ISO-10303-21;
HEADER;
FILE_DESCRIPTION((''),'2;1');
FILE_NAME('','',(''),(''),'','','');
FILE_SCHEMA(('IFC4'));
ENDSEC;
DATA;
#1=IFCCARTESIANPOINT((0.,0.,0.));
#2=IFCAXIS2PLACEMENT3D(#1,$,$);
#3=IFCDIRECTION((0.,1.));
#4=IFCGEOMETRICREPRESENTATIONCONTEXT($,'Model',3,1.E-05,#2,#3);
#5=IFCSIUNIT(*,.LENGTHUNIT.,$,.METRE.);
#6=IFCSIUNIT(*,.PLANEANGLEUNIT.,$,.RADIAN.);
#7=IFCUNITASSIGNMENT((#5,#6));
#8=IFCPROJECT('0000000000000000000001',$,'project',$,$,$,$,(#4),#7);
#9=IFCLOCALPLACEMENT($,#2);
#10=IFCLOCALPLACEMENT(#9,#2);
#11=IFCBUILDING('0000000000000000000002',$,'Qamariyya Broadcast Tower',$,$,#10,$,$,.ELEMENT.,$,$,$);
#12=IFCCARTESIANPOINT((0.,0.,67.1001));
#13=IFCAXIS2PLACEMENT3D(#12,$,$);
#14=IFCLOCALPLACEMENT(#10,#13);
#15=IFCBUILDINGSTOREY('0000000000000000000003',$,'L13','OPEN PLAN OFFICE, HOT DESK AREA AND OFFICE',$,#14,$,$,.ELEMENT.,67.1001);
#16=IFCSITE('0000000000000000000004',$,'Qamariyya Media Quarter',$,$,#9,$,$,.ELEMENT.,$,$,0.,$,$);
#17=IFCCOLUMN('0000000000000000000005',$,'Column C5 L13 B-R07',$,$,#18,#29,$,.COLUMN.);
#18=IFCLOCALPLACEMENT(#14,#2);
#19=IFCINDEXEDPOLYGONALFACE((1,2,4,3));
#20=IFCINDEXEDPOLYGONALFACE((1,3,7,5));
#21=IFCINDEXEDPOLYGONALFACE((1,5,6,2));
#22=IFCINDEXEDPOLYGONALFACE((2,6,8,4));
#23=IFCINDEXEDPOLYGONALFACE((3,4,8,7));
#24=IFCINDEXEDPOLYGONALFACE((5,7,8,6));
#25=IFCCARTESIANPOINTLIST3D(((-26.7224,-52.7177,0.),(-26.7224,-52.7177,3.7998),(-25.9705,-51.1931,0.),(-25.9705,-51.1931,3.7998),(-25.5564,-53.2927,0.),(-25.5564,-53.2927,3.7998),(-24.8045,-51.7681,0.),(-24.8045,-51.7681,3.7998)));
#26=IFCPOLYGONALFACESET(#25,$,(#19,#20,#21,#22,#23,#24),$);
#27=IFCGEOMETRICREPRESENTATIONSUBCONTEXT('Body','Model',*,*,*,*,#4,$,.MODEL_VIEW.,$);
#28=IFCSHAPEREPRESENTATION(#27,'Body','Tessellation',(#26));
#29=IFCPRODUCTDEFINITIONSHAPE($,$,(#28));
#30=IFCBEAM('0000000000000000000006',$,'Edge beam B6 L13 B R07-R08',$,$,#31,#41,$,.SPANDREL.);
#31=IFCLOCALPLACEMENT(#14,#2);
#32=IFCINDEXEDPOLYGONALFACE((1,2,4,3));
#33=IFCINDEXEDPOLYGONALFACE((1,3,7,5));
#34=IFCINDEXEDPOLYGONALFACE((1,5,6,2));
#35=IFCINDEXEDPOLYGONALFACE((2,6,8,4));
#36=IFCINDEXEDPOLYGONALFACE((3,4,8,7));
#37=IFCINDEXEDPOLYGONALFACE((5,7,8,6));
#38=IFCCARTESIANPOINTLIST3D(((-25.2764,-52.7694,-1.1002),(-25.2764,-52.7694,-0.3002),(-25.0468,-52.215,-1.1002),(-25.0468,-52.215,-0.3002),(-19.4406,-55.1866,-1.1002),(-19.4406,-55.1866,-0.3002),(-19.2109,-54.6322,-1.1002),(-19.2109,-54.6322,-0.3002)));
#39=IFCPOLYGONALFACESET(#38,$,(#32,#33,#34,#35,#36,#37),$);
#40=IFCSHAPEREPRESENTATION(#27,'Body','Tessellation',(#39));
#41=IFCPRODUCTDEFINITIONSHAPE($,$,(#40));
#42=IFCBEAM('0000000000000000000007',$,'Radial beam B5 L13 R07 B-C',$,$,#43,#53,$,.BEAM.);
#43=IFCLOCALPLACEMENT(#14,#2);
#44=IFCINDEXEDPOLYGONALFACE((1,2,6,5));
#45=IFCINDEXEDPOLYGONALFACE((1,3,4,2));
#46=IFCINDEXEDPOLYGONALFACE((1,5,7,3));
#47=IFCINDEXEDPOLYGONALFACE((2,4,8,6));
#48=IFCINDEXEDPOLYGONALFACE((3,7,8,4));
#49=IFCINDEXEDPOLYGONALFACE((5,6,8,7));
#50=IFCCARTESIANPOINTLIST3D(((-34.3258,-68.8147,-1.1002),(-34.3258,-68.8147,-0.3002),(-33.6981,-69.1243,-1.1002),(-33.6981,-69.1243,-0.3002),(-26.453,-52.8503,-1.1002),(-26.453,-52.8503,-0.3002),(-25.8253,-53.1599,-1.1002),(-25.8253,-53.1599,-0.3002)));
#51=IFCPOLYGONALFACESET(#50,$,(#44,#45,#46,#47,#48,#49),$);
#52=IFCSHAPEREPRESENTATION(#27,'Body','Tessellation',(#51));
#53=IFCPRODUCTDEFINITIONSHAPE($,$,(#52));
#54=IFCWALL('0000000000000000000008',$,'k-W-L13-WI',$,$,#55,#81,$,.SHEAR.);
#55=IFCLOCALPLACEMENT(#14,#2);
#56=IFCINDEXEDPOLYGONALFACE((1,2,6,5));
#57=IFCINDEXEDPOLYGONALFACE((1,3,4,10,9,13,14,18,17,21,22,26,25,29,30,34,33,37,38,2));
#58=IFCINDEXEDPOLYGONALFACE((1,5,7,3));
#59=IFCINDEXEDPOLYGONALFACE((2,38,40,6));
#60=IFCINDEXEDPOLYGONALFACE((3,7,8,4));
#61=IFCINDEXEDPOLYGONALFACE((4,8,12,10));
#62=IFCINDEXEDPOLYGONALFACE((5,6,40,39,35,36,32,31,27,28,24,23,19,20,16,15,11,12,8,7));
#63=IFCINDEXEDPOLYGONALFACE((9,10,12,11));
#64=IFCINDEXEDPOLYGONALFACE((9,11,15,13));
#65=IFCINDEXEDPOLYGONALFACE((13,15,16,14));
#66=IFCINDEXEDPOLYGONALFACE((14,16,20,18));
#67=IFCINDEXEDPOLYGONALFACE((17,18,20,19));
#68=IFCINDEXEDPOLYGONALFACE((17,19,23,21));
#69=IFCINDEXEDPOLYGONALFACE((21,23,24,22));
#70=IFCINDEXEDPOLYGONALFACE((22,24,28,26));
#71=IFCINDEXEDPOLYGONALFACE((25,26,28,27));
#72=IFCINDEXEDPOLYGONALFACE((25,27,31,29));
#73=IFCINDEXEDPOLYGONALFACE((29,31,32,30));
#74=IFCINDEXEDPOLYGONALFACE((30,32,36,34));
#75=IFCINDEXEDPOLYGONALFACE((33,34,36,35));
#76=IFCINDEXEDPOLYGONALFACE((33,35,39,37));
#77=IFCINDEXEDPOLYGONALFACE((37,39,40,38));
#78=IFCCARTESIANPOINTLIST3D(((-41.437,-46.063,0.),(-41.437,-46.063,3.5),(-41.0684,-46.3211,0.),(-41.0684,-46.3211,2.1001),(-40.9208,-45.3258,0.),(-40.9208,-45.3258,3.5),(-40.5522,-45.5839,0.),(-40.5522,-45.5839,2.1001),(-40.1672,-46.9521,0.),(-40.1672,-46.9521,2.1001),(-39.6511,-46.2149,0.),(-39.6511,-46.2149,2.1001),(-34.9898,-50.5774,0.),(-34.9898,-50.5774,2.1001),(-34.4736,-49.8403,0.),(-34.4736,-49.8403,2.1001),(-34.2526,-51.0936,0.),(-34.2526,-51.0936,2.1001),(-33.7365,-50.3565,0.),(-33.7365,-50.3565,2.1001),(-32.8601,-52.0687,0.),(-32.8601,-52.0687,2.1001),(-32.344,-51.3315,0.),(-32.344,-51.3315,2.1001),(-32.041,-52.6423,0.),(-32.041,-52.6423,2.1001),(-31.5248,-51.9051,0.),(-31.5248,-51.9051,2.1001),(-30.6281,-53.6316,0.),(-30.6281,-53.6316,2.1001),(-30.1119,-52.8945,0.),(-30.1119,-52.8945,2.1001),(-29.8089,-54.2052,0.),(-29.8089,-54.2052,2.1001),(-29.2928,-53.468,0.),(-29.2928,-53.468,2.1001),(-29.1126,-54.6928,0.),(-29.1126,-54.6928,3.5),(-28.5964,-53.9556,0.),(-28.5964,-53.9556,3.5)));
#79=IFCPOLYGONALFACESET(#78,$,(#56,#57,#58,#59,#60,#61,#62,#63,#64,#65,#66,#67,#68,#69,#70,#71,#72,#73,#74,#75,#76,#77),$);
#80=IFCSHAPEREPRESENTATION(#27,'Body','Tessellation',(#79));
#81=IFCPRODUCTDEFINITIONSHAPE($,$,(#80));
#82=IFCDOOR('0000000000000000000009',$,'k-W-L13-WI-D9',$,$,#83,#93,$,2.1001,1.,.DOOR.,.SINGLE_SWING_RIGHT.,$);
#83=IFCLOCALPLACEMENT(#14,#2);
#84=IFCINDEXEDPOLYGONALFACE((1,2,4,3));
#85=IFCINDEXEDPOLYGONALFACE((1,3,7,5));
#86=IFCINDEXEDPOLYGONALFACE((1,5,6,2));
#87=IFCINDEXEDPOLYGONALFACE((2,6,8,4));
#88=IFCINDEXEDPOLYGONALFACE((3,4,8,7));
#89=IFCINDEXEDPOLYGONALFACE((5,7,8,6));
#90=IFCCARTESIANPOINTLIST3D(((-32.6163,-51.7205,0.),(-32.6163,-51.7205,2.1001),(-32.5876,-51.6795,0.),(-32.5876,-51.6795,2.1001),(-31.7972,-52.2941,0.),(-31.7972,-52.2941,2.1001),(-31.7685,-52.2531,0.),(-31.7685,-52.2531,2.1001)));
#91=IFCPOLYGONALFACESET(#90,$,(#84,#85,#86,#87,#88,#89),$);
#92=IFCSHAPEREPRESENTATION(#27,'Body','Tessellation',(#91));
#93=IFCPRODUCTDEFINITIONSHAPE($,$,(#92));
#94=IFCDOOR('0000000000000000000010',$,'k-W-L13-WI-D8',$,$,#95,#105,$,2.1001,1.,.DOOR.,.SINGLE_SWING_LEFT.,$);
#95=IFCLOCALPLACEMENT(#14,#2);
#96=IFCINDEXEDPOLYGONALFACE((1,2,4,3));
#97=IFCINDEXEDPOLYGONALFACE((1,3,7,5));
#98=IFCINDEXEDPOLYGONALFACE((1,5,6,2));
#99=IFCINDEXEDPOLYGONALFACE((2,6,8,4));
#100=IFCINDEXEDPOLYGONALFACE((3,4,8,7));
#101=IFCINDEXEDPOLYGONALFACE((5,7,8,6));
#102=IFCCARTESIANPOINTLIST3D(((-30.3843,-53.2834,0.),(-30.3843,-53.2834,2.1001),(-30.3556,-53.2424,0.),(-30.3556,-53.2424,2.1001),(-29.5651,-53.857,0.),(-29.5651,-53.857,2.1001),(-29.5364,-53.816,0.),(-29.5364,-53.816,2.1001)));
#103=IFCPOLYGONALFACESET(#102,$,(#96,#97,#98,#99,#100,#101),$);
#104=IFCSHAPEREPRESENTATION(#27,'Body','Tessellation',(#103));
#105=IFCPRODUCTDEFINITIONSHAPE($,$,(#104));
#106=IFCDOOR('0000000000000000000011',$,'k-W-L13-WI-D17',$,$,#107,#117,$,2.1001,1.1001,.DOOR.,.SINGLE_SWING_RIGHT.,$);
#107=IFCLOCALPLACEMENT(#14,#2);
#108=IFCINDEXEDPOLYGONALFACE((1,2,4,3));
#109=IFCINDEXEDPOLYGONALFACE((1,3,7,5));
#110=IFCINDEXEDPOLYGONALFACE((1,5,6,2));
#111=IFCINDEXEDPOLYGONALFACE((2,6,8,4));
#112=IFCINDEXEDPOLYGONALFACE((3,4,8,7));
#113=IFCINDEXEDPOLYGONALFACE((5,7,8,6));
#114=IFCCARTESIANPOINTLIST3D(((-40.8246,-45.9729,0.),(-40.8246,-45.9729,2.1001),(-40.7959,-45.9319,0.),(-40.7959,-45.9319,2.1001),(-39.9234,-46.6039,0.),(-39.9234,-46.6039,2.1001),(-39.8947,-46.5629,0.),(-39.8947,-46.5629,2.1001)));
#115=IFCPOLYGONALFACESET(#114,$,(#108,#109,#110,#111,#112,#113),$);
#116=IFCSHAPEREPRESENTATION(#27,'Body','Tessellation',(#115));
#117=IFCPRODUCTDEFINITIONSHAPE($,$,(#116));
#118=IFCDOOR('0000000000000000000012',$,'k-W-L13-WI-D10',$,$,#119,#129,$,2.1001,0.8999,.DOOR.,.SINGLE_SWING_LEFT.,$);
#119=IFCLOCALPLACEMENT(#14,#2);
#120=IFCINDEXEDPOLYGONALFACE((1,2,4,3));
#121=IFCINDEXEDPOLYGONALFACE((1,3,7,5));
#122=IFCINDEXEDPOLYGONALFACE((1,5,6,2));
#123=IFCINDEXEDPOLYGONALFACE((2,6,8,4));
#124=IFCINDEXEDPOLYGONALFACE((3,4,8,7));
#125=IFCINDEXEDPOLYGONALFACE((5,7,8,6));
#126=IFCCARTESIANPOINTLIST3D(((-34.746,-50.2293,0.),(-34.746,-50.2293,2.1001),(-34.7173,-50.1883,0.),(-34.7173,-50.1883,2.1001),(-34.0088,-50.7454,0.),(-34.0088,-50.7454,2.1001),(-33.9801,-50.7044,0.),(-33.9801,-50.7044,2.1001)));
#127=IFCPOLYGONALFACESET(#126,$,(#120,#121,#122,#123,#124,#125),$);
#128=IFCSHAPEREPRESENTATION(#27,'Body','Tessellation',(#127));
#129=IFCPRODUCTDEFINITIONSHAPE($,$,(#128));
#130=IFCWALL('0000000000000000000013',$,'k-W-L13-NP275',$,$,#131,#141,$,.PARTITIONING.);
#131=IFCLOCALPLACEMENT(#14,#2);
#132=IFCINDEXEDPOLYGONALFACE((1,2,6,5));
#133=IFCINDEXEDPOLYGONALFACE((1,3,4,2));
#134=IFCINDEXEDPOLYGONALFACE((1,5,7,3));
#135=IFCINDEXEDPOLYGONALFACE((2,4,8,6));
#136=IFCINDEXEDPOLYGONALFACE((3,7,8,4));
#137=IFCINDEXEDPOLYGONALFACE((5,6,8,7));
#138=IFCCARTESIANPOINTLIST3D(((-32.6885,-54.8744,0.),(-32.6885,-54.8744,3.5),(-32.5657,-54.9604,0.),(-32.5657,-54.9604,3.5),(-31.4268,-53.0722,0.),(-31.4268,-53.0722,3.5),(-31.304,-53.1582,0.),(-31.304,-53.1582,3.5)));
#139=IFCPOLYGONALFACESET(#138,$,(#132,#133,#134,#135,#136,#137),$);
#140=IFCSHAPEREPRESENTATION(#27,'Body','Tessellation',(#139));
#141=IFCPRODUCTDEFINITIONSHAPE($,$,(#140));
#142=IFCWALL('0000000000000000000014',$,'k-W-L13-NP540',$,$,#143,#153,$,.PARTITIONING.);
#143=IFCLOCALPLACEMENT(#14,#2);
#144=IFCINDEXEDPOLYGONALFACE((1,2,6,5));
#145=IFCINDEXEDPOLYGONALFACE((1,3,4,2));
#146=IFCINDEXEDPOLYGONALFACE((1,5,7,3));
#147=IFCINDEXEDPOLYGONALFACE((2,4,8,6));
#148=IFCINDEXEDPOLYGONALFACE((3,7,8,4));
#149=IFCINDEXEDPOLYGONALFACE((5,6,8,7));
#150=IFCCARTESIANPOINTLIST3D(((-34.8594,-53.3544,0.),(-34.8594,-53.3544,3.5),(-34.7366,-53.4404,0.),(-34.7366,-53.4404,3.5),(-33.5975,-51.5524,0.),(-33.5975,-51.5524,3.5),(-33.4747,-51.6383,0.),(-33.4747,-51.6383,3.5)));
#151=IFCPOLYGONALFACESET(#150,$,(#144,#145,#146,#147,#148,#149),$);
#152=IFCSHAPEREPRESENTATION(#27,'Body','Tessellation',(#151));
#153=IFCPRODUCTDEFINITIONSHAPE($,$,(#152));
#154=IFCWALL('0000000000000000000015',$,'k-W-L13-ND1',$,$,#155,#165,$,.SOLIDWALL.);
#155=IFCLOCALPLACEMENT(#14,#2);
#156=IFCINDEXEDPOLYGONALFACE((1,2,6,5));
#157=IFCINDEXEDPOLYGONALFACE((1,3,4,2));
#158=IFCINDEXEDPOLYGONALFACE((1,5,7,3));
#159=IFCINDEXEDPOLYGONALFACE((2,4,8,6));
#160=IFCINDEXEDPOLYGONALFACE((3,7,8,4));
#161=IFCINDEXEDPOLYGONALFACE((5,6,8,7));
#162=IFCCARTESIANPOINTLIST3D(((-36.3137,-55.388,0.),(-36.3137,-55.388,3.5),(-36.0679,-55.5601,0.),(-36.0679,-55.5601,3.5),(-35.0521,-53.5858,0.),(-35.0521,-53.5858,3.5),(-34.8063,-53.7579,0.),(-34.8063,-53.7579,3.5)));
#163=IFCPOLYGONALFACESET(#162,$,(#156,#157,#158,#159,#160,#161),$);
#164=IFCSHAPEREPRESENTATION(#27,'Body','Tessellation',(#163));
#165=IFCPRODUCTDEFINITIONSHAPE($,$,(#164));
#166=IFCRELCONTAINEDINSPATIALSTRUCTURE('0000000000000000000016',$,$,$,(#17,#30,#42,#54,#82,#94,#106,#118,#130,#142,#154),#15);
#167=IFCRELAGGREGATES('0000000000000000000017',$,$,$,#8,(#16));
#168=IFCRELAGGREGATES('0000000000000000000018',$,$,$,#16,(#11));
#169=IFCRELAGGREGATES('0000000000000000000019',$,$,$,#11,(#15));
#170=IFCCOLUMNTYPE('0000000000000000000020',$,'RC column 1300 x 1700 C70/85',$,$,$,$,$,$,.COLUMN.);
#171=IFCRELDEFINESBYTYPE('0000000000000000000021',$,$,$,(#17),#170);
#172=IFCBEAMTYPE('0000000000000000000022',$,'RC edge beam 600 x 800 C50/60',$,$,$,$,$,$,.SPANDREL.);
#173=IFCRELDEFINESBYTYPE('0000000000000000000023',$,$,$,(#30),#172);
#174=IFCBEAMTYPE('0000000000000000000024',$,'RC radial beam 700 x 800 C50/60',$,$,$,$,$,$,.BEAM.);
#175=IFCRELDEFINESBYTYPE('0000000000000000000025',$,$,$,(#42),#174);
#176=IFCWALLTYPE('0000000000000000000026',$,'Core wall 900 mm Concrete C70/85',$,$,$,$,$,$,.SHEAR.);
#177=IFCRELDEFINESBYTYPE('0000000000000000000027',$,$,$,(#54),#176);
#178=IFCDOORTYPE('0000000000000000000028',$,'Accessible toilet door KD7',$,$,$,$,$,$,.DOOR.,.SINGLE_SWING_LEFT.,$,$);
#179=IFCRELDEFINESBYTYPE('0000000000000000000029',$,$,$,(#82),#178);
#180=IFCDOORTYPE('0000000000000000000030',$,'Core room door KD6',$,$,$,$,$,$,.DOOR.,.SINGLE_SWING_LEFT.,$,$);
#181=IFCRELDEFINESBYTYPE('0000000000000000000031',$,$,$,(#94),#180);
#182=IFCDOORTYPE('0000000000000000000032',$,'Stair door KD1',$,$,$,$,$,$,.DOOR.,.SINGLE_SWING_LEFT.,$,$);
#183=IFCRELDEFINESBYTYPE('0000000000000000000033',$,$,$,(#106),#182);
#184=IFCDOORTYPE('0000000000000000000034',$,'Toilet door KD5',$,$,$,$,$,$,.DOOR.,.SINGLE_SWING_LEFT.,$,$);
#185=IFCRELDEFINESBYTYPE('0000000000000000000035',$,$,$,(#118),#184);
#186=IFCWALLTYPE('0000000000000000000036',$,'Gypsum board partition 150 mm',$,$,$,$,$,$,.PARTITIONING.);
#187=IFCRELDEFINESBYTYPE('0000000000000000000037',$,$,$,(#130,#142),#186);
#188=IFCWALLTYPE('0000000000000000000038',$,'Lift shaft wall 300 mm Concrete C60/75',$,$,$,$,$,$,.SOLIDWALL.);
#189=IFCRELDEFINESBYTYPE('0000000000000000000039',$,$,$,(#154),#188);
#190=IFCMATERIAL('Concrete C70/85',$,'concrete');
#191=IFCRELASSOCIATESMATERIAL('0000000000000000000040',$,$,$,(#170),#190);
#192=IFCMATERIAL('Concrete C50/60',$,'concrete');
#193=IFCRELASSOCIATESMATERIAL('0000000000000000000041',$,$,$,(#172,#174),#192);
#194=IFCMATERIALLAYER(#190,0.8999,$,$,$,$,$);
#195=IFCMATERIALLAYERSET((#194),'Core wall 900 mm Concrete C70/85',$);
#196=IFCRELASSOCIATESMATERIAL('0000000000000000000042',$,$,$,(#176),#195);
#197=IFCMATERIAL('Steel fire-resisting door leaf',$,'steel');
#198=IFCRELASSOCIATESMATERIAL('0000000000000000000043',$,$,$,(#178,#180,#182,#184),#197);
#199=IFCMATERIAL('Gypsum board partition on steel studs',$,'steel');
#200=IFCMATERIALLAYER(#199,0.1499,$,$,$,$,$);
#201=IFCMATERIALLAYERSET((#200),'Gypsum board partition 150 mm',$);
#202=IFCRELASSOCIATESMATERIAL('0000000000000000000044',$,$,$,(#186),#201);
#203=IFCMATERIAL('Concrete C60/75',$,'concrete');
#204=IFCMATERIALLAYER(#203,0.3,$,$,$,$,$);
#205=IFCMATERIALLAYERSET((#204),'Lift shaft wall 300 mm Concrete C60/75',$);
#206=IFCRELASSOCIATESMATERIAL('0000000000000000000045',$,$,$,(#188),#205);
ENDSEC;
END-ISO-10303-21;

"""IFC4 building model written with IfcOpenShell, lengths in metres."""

from ifc_helpers import new_model, si_unit, direction, frame, frame_2d, origin, origin_2d, place, context, subcontext, project, spatial, rectangle, extrude, material, layer, layer_set, material_profile, profile_set, type_object, element, fill, save


model = new_model("IFC4")

# Units and contexts
model_context = context("Model", 3, precision=1e-05, world=origin(), true_north=direction((0.0, 1.0)))
body_context = subcontext(model_context, "Body", "Model", "MODEL_VIEW")
ifc_project = project(units=[si_unit("LENGTHUNIT", "METRE"), si_unit("PLANEANGLEUNIT", "RADIAN")], contexts=[model_context])

# Site, building, storey
site_placement = place(None, origin())
site = spatial("IfcSite", under=ifc_project, at=site_placement, Name="Qamariyya Media Quarter", CompositionType="ELEMENT", RefElevation=0.0)
building_placement = place(site_placement, origin())
building = spatial("IfcBuilding", under=site, at=building_placement, Name="Qamariyya Broadcast Tower", CompositionType="ELEMENT")
storey_placement = place(building_placement, frame((0.0, 0.0, 67.1001)))
storey = spatial("IfcBuildingStorey", under=building, at=storey_placement, Name="L13", Description="OPEN PLAN OFFICE, HOT DESK AREA AND OFFICE", CompositionType="ELEMENT", Elevation=67.1001)

# Column
ifc_material_1 = material(Name="Concrete C70/85", Category="concrete")
ifc_material_profile_1 = material_profile(ifc_material_1, rectangle(XDim=1.3, YDim=1.7, at=origin_2d()))
ifc_profile_set_1 = profile_set([ifc_material_profile_1], Name="Concrete C70/85")
column_type = type_object("IfcColumnType", Name="RC column 1300 x 1700 C70/85", PredefinedType="COLUMN", material=ifc_profile_set_1)
column_placement = place(storey_placement, frame((-25.7634, -52.2429, 0.0), z_axis=(0.0, 0.0, 1.0), x_axis=(0.896873, -0.442289, 0.0)))
element("IfcColumn", 1, at=column_placement, inside=storey, type_object=column_type, Name="Column C5 L13 B-R07", PredefinedType="COLUMN", context=body_context, shape_type="SweptSolid", body=[
    extrude(rectangle(XDim=1.3, YDim=1.7, at=origin_2d()), origin(), (0.0, 0.0, 1.0), 3.7998),
])

# Beams
ifc_material_2 = material(Name="Concrete C50/60", Category="concrete")
ifc_material_profile_2 = material_profile(ifc_material_2, rectangle(XDim=0.6001, YDim=0.8, at=origin_2d()))
ifc_profile_set_2 = profile_set([ifc_material_profile_2], Name="Concrete C50/60")
beam_type_1 = type_object("IfcBeamType", Name="RC edge beam 600 x 800 C50/60", PredefinedType="SPANDREL", material=ifc_profile_set_2)
beam_1_placement = place(storey_placement, frame((-25.1616, -52.4922, -0.7002), z_axis=(0.923884, -0.382672, 0.0), x_axis=(0.382672, 0.923884, 0.0)))
element("IfcBeam", 2, at=beam_1_placement, inside=storey, type_object=beam_type_1, Name="Edge beam B6 L13 B R07-R08", PredefinedType="SPANDREL", context=body_context, shape_type="SweptSolid", body=[
    extrude(rectangle(XDim=0.6001, YDim=0.8, at=origin_2d()), origin(), (0.0, 0.0, 1.0), 6.3167),
])
ifc_material_profile_3 = material_profile(ifc_material_2, rectangle(XDim=0.7, YDim=0.8, at=origin_2d()))
ifc_profile_set_3 = profile_set([ifc_material_profile_3], Name="Concrete C50/60")
beam_type_2 = type_object("IfcBeamType", Name="RC radial beam 700 x 800 C50/60", PredefinedType="BEAM", material=ifc_profile_set_3)
beam_2_placement = place(storey_placement, frame((-26.1392, -53.0051, -0.7002), z_axis=(-0.442291, -0.896872, 0.0), x_axis=(0.896872, -0.442291, 0.0)))
element("IfcBeam", 3, at=beam_2_placement, inside=storey, type_object=beam_type_2, Name="Radial beam B5 L13 R07 B-C", PredefinedType="BEAM", context=body_context, shape_type="SweptSolid", body=[
    extrude(rectangle(XDim=0.7, YDim=0.8, at=origin_2d()), origin(), (0.0, 0.0, 1.0), 17.8),
])

# Wall, openings, doors
ifc_layer_1 = layer(ifc_material_1, 0.8999)
ifc_layer_set_1 = layer_set([ifc_layer_1], Name="Core wall 900 mm Concrete C70/85")
wall_type_1 = type_object("IfcWallType", Name="Core wall 900 mm Concrete C70/85", PredefinedType="SHEAR", material=ifc_layer_set_1)
wall_1_placement = place(storey_placement, frame((-28.8545, -54.3242, 0.0), z_axis=(0.0, 0.0, 1.0), x_axis=(-0.819146, 0.573585, 0.0)))
wall_1 = element("IfcWall", 4, at=wall_1_placement, inside=storey, type_object=wall_type_1, Name="k-W-L13-WI", PredefinedType="SHEAR", context=body_context, shape_type="SweptSolid", body=[
    extrude(rectangle(XDim=15.0454, YDim=0.8999, at=frame_2d((7.5227, 0.0))), origin(), (0.0, 0.0, 1.0), 3.5),
])
opening_1_placement = place(wall_1_placement, frame((0.8501, 0.0, 0.0)))
opening_1 = element("IfcOpeningElement", 5, at=opening_1_placement, cuts=wall_1, PredefinedType="OPENING", context=body_context, shape_type="SweptSolid", body=[
    extrude(rectangle(XDim=1.0, YDim=2.1001, at=frame_2d((0.5, 1.05))), frame((0.0, 0.46, 0.0), z_axis=(0.0, -1.0, 0.0), x_axis=(1.0, 0.0, 0.0)), (0.0, 0.0, 1.0), 0.9199),
])
opening_2_placement = place(wall_1_placement, frame((3.575, 0.0, 0.0)))
opening_2 = element("IfcOpeningElement", 6, at=opening_2_placement, cuts=wall_1, PredefinedType="OPENING", context=body_context, shape_type="SweptSolid", body=[
    extrude(rectangle(XDim=1.0, YDim=2.1001, at=frame_2d((0.5, 1.05))), frame((0.0, 0.46, 0.0), z_axis=(0.0, -1.0, 0.0), x_axis=(1.0, 0.0, 0.0)), (0.0, 0.0, 1.0), 0.9199),
])
opening_3_placement = place(wall_1_placement, frame((6.2749, 0.0, 0.0)))
opening_3 = element("IfcOpeningElement", 7, at=opening_3_placement, cuts=wall_1, PredefinedType="OPENING", context=body_context, shape_type="SweptSolid", body=[
    extrude(rectangle(XDim=0.8999, YDim=2.1001, at=frame_2d((0.45, 1.05))), frame((0.0, 0.46, 0.0), z_axis=(0.0, -1.0, 0.0), x_axis=(1.0, 0.0, 0.0)), (0.0, 0.0, 1.0), 0.9199),
])
opening_4_placement = place(wall_1_placement, frame((13.4954, 0.0, 0.0)))
opening_4 = element("IfcOpeningElement", 8, at=opening_4_placement, cuts=wall_1, PredefinedType="OPENING", context=body_context, shape_type="SweptSolid", body=[
    extrude(rectangle(XDim=1.1001, YDim=2.1001, at=frame_2d((0.55, 1.05))), frame((0.0, 0.46, 0.0), z_axis=(0.0, -1.0, 0.0), x_axis=(1.0, 0.0, 0.0)), (0.0, 0.0, 1.0), 0.9199),
])
ifc_material_3 = material(Name="Steel fire-resisting door leaf", Category="steel")
door_type_1 = type_object("IfcDoorType", Name="Accessible toilet door KD7", OperationType="SINGLE_SWING_LEFT", PredefinedType="DOOR", material=ifc_material_3)
door_1_placement = place(opening_2_placement, origin())
door_1 = element("IfcDoor", 9, at=door_1_placement, inside=storey, type_object=door_type_1, Name="k-W-L13-WI-D9", OperationType="SINGLE_SWING_RIGHT", OverallHeight=2.1001, OverallWidth=1.0, PredefinedType="DOOR", context=body_context, shape_type="SweptSolid", body=[
    extrude(rectangle(XDim=1.0, YDim=2.1001, at=frame_2d((0.5, 1.05))), frame((0.0, 0.0249, 0.0), z_axis=(0.0, -1.0, 0.0), x_axis=(1.0, 0.0, 0.0)), (0.0, 0.0, 1.0), 0.05),
])
fill(opening_2, door_1)
door_type_2 = type_object("IfcDoorType", Name="Core room door KD6", OperationType="SINGLE_SWING_LEFT", PredefinedType="DOOR", material=ifc_material_3)
door_2_placement = place(opening_1_placement, origin())
door_2 = element("IfcDoor", 10, at=door_2_placement, inside=storey, type_object=door_type_2, Name="k-W-L13-WI-D8", OperationType="SINGLE_SWING_LEFT", OverallHeight=2.1001, OverallWidth=1.0, PredefinedType="DOOR", context=body_context, shape_type="SweptSolid", body=[
    extrude(rectangle(XDim=1.0, YDim=2.1001, at=frame_2d((0.5, 1.05))), frame((0.0, 0.0249, 0.0), z_axis=(0.0, -1.0, 0.0), x_axis=(1.0, 0.0, 0.0)), (0.0, 0.0, 1.0), 0.05),
])
fill(opening_1, door_2)
door_type_3 = type_object("IfcDoorType", Name="Stair door KD1", OperationType="SINGLE_SWING_LEFT", PredefinedType="DOOR", material=ifc_material_3)
door_3_placement = place(opening_4_placement, origin())
door_3 = element("IfcDoor", 11, at=door_3_placement, inside=storey, type_object=door_type_3, Name="k-W-L13-WI-D17", OperationType="SINGLE_SWING_RIGHT", OverallHeight=2.1001, OverallWidth=1.1001, PredefinedType="DOOR", context=body_context, shape_type="SweptSolid", body=[
    extrude(rectangle(XDim=1.1001, YDim=2.1001, at=frame_2d((0.55, 1.05))), frame((0.0, 0.0249, 0.0), z_axis=(0.0, -1.0, 0.0), x_axis=(1.0, 0.0, 0.0)), (0.0, 0.0, 1.0), 0.05),
])
fill(opening_4, door_3)
door_type_4 = type_object("IfcDoorType", Name="Toilet door KD5", OperationType="SINGLE_SWING_LEFT", PredefinedType="DOOR", material=ifc_material_3)
door_4_placement = place(opening_3_placement, origin())
door_4 = element("IfcDoor", 12, at=door_4_placement, inside=storey, type_object=door_type_4, Name="k-W-L13-WI-D10", OperationType="SINGLE_SWING_LEFT", OverallHeight=2.1001, OverallWidth=0.8999, PredefinedType="DOOR", context=body_context, shape_type="SweptSolid", body=[
    extrude(rectangle(XDim=0.8999, YDim=2.1001, at=frame_2d((0.45, 1.05))), frame((0.0, 0.0249, 0.0), z_axis=(0.0, -1.0, 0.0), x_axis=(1.0, 0.0, 0.0)), (0.0, 0.0, 1.0), 0.05),
])
fill(opening_3, door_4)

# Walls
ifc_material_4 = material(Name="Gypsum board partition on steel studs", Category="steel")
ifc_layer_2 = layer(ifc_material_4, 0.1499)
ifc_layer_set_2 = layer_set([ifc_layer_2], Name="Gypsum board partition 150 mm")
wall_type_2 = type_object("IfcWallType", Name="Gypsum board partition 150 mm", PredefinedType="PARTITIONING", material=ifc_layer_set_2)
for number, where, z_axis, x_axis, name in (
    (13, (-32.6272, -54.9175, 0.0), (0.0, 0.0, 1.0), (0.573507, 0.819201, 0.0), "k-W-L13-NP275"),
    (14, (-34.7981, -53.3975, 0.0), (0.0, 0.0, 1.0), (0.573634, 0.819112, 0.0), "k-W-L13-NP540"),
):
    element("IfcWall", number, at=place(storey_placement, frame(where, z_axis=z_axis, x_axis=x_axis)), inside=storey, type_object=wall_type_2, Name=name, PredefinedType="PARTITIONING", context=body_context, shape_type="SweptSolid", body=[
        extrude(rectangle(XDim=2.2, YDim=0.1499, at=frame_2d((1.1001, 0.0))), origin(), (0.0, 0.0, 1.0), 3.5),
    ])
ifc_material_5 = material(Name="Concrete C60/75", Category="concrete")
ifc_layer_3 = layer(ifc_material_5, 0.3)
ifc_layer_set_3 = layer_set([ifc_layer_3], Name="Lift shaft wall 300 mm Concrete C60/75")
wall_type_3 = type_object("IfcWallType", Name="Lift shaft wall 300 mm Concrete C60/75", PredefinedType="SOLIDWALL", material=ifc_layer_set_3)
wall_2_placement = place(storey_placement, frame((-36.1909, -55.4741, 0.0), z_axis=(0.0, 0.0, 1.0), x_axis=(0.573507, 0.819201, 0.0)))
element("IfcWall", 15, at=wall_2_placement, inside=storey, type_object=wall_type_3, Name="k-W-L13-ND1", PredefinedType="SOLIDWALL", context=body_context, shape_type="SweptSolid", body=[
    extrude(rectangle(XDim=2.2, YDim=0.3, at=frame_2d((1.1001, 0.0))), origin(), (0.0, 0.0, 1.0), 3.5),
])

save(model, "model.ifc")
